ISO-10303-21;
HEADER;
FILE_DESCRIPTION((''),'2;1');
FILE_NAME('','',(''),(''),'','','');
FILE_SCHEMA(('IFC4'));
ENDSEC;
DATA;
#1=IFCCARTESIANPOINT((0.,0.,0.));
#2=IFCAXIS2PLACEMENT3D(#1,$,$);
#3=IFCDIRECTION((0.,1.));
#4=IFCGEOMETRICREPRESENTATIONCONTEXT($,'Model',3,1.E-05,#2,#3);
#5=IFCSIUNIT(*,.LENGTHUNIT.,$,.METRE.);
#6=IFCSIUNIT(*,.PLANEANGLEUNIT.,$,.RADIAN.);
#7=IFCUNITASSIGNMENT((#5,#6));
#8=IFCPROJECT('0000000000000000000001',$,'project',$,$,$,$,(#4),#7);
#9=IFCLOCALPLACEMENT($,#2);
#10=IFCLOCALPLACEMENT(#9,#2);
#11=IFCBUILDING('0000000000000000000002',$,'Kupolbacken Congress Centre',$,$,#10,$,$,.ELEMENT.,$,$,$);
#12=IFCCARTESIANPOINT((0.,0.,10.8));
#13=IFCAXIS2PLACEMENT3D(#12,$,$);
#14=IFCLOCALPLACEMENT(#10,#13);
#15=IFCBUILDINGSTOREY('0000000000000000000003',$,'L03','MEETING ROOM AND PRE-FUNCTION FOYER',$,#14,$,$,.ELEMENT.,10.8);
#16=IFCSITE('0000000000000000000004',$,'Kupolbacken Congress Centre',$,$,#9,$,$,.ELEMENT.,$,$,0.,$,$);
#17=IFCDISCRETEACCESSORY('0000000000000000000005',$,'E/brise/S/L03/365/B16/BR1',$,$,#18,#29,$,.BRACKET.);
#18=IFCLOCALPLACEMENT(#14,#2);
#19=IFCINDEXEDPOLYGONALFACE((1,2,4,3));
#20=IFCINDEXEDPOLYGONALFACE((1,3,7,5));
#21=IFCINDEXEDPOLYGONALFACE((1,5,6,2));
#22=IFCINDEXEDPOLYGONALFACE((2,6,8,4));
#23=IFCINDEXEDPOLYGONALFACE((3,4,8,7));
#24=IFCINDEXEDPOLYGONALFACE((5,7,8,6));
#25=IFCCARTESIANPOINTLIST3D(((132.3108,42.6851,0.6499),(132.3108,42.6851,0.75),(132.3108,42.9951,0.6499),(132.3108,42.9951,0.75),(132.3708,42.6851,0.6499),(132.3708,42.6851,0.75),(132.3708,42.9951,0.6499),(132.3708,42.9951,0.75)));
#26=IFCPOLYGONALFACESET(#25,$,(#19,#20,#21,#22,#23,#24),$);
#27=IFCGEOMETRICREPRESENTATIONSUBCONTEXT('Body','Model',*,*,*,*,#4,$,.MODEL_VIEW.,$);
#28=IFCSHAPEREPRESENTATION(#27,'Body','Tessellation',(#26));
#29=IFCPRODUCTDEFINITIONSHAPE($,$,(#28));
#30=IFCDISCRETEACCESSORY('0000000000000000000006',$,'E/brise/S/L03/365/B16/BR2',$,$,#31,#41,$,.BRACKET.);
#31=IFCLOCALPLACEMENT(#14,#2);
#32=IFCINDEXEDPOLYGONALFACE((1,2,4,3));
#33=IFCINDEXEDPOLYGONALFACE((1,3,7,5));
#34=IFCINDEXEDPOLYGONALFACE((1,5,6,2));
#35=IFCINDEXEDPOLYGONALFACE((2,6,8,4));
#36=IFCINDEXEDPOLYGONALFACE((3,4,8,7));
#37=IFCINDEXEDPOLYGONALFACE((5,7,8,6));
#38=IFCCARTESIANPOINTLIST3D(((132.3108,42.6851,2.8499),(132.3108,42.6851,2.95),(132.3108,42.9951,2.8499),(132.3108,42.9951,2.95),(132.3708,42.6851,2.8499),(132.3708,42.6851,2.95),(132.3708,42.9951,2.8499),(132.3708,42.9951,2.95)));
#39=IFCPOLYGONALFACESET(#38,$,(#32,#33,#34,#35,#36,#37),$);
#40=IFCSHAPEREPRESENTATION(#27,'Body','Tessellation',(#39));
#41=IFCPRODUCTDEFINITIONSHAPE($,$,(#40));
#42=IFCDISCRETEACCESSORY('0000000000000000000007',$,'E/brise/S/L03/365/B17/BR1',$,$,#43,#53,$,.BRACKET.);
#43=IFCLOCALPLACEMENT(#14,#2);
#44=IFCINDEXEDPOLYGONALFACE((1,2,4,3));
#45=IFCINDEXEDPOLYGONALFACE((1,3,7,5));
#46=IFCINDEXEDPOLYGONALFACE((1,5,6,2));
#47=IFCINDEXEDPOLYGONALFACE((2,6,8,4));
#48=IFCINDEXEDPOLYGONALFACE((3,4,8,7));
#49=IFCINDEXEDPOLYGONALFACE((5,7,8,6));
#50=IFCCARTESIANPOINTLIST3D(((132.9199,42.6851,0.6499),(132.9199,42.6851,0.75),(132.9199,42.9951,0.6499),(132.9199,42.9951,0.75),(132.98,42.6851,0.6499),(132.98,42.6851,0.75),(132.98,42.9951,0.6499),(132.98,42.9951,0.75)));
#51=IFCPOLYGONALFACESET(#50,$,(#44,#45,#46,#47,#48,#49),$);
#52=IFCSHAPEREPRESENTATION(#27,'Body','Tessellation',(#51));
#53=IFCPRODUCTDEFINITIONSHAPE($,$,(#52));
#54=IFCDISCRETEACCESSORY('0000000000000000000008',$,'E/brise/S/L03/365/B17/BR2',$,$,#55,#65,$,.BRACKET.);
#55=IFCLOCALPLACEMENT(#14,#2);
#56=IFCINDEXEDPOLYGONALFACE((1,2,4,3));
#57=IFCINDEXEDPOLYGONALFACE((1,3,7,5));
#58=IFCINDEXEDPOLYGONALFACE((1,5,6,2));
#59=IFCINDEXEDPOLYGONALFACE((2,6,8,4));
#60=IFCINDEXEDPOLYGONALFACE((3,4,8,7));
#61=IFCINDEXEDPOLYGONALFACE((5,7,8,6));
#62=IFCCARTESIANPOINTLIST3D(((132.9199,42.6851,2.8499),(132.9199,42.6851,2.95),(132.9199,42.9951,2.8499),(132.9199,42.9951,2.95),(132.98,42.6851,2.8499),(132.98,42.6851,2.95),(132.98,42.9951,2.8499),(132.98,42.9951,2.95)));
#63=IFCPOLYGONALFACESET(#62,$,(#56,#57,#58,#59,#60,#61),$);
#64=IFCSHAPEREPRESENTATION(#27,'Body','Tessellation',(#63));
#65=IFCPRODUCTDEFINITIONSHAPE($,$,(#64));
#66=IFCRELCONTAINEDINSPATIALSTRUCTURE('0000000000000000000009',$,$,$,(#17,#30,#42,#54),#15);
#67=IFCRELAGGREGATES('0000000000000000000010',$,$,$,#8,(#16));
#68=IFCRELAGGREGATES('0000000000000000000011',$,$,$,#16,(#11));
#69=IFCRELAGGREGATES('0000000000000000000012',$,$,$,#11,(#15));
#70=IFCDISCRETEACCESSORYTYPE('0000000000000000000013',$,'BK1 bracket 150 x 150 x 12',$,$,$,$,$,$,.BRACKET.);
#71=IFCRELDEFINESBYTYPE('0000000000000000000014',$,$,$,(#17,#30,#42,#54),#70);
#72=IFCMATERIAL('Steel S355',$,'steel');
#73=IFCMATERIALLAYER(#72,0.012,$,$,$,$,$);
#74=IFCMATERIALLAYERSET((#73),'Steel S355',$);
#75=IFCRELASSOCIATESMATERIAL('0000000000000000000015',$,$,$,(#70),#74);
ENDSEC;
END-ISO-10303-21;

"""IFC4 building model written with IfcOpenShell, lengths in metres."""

from ifc_helpers import new_model, si_unit, direction, frame, origin, origin_2d, place, context, subcontext, project, spatial, rectangle, extrude, material, layer, layer_set, type_object, element, save


model = new_model("IFC4")

# Units and contexts
model_context = context("Model", 3, precision=1e-05, world=origin(), true_north=direction((0.0, 1.0)))
body_context = subcontext(model_context, "Body", "Model", "MODEL_VIEW")
ifc_project = project(units=[si_unit("LENGTHUNIT", "METRE"), si_unit("PLANEANGLEUNIT", "RADIAN")], contexts=[model_context])

# Site, building, storey
site_placement = place(None, origin())
site = spatial("IfcSite", under=ifc_project, at=site_placement, Name="Kupolbacken Congress Centre", CompositionType="ELEMENT", RefElevation=0.0)
building_placement = place(site_placement, origin())
building = spatial("IfcBuilding", under=site, at=building_placement, Name="Kupolbacken Congress Centre", CompositionType="ELEMENT")
storey_placement = place(building_placement, frame((0.0, 0.0, 10.8)))
storey = spatial("IfcBuildingStorey", under=building, at=storey_placement, Name="L03", Description="MEETING ROOM AND PRE-FUNCTION FOYER", CompositionType="ELEMENT", Elevation=10.8)

# Discrete accessories
ifc_material_1 = material(Name="Steel S355", Category="steel")
ifc_layer_1 = layer(ifc_material_1, 0.012)
ifc_layer_set_1 = layer_set([ifc_layer_1], Name="Steel S355")
discrete_accessory_type = type_object("IfcDiscreteAccessoryType", Name="BK1 bracket 150 x 150 x 12", PredefinedType="BRACKET", material=ifc_layer_set_1)
for number, where, z_axis, x_axis, name in (
    (1, (132.3408, 42.8401, 0.6499), (0.0, 0.0, 1.0), (1.0, 0.0, 0.0), "E/brise/S/L03/365/B16/BR1"),
    (2, (132.3408, 42.8401, 2.8499), (0.0, 0.0, 1.0), (1.0, 0.0, 0.0), "E/brise/S/L03/365/B16/BR2"),
    (3, (132.95, 42.8401, 0.6499), (0.0, 0.0, 1.0), (1.0, 0.0, 0.0), "E/brise/S/L03/365/B17/BR1"),
    (4, (132.95, 42.8401, 2.8499), (0.0, 0.0, 1.0), (1.0, 0.0, 0.0), "E/brise/S/L03/365/B17/BR2"),
):
    element("IfcDiscreteAccessory", number, at=place(storey_placement, frame(where, z_axis=z_axis, x_axis=x_axis)), inside=storey, type_object=discrete_accessory_type, Name=name, PredefinedType="BRACKET", context=body_context, shape_type="SweptSolid", body=[
        extrude(rectangle(XDim=0.0601, YDim=0.3101, at=origin_2d()), origin(), (0.0, 0.0, 1.0), 0.1001),
    ])

save(model, "model.ifc")
